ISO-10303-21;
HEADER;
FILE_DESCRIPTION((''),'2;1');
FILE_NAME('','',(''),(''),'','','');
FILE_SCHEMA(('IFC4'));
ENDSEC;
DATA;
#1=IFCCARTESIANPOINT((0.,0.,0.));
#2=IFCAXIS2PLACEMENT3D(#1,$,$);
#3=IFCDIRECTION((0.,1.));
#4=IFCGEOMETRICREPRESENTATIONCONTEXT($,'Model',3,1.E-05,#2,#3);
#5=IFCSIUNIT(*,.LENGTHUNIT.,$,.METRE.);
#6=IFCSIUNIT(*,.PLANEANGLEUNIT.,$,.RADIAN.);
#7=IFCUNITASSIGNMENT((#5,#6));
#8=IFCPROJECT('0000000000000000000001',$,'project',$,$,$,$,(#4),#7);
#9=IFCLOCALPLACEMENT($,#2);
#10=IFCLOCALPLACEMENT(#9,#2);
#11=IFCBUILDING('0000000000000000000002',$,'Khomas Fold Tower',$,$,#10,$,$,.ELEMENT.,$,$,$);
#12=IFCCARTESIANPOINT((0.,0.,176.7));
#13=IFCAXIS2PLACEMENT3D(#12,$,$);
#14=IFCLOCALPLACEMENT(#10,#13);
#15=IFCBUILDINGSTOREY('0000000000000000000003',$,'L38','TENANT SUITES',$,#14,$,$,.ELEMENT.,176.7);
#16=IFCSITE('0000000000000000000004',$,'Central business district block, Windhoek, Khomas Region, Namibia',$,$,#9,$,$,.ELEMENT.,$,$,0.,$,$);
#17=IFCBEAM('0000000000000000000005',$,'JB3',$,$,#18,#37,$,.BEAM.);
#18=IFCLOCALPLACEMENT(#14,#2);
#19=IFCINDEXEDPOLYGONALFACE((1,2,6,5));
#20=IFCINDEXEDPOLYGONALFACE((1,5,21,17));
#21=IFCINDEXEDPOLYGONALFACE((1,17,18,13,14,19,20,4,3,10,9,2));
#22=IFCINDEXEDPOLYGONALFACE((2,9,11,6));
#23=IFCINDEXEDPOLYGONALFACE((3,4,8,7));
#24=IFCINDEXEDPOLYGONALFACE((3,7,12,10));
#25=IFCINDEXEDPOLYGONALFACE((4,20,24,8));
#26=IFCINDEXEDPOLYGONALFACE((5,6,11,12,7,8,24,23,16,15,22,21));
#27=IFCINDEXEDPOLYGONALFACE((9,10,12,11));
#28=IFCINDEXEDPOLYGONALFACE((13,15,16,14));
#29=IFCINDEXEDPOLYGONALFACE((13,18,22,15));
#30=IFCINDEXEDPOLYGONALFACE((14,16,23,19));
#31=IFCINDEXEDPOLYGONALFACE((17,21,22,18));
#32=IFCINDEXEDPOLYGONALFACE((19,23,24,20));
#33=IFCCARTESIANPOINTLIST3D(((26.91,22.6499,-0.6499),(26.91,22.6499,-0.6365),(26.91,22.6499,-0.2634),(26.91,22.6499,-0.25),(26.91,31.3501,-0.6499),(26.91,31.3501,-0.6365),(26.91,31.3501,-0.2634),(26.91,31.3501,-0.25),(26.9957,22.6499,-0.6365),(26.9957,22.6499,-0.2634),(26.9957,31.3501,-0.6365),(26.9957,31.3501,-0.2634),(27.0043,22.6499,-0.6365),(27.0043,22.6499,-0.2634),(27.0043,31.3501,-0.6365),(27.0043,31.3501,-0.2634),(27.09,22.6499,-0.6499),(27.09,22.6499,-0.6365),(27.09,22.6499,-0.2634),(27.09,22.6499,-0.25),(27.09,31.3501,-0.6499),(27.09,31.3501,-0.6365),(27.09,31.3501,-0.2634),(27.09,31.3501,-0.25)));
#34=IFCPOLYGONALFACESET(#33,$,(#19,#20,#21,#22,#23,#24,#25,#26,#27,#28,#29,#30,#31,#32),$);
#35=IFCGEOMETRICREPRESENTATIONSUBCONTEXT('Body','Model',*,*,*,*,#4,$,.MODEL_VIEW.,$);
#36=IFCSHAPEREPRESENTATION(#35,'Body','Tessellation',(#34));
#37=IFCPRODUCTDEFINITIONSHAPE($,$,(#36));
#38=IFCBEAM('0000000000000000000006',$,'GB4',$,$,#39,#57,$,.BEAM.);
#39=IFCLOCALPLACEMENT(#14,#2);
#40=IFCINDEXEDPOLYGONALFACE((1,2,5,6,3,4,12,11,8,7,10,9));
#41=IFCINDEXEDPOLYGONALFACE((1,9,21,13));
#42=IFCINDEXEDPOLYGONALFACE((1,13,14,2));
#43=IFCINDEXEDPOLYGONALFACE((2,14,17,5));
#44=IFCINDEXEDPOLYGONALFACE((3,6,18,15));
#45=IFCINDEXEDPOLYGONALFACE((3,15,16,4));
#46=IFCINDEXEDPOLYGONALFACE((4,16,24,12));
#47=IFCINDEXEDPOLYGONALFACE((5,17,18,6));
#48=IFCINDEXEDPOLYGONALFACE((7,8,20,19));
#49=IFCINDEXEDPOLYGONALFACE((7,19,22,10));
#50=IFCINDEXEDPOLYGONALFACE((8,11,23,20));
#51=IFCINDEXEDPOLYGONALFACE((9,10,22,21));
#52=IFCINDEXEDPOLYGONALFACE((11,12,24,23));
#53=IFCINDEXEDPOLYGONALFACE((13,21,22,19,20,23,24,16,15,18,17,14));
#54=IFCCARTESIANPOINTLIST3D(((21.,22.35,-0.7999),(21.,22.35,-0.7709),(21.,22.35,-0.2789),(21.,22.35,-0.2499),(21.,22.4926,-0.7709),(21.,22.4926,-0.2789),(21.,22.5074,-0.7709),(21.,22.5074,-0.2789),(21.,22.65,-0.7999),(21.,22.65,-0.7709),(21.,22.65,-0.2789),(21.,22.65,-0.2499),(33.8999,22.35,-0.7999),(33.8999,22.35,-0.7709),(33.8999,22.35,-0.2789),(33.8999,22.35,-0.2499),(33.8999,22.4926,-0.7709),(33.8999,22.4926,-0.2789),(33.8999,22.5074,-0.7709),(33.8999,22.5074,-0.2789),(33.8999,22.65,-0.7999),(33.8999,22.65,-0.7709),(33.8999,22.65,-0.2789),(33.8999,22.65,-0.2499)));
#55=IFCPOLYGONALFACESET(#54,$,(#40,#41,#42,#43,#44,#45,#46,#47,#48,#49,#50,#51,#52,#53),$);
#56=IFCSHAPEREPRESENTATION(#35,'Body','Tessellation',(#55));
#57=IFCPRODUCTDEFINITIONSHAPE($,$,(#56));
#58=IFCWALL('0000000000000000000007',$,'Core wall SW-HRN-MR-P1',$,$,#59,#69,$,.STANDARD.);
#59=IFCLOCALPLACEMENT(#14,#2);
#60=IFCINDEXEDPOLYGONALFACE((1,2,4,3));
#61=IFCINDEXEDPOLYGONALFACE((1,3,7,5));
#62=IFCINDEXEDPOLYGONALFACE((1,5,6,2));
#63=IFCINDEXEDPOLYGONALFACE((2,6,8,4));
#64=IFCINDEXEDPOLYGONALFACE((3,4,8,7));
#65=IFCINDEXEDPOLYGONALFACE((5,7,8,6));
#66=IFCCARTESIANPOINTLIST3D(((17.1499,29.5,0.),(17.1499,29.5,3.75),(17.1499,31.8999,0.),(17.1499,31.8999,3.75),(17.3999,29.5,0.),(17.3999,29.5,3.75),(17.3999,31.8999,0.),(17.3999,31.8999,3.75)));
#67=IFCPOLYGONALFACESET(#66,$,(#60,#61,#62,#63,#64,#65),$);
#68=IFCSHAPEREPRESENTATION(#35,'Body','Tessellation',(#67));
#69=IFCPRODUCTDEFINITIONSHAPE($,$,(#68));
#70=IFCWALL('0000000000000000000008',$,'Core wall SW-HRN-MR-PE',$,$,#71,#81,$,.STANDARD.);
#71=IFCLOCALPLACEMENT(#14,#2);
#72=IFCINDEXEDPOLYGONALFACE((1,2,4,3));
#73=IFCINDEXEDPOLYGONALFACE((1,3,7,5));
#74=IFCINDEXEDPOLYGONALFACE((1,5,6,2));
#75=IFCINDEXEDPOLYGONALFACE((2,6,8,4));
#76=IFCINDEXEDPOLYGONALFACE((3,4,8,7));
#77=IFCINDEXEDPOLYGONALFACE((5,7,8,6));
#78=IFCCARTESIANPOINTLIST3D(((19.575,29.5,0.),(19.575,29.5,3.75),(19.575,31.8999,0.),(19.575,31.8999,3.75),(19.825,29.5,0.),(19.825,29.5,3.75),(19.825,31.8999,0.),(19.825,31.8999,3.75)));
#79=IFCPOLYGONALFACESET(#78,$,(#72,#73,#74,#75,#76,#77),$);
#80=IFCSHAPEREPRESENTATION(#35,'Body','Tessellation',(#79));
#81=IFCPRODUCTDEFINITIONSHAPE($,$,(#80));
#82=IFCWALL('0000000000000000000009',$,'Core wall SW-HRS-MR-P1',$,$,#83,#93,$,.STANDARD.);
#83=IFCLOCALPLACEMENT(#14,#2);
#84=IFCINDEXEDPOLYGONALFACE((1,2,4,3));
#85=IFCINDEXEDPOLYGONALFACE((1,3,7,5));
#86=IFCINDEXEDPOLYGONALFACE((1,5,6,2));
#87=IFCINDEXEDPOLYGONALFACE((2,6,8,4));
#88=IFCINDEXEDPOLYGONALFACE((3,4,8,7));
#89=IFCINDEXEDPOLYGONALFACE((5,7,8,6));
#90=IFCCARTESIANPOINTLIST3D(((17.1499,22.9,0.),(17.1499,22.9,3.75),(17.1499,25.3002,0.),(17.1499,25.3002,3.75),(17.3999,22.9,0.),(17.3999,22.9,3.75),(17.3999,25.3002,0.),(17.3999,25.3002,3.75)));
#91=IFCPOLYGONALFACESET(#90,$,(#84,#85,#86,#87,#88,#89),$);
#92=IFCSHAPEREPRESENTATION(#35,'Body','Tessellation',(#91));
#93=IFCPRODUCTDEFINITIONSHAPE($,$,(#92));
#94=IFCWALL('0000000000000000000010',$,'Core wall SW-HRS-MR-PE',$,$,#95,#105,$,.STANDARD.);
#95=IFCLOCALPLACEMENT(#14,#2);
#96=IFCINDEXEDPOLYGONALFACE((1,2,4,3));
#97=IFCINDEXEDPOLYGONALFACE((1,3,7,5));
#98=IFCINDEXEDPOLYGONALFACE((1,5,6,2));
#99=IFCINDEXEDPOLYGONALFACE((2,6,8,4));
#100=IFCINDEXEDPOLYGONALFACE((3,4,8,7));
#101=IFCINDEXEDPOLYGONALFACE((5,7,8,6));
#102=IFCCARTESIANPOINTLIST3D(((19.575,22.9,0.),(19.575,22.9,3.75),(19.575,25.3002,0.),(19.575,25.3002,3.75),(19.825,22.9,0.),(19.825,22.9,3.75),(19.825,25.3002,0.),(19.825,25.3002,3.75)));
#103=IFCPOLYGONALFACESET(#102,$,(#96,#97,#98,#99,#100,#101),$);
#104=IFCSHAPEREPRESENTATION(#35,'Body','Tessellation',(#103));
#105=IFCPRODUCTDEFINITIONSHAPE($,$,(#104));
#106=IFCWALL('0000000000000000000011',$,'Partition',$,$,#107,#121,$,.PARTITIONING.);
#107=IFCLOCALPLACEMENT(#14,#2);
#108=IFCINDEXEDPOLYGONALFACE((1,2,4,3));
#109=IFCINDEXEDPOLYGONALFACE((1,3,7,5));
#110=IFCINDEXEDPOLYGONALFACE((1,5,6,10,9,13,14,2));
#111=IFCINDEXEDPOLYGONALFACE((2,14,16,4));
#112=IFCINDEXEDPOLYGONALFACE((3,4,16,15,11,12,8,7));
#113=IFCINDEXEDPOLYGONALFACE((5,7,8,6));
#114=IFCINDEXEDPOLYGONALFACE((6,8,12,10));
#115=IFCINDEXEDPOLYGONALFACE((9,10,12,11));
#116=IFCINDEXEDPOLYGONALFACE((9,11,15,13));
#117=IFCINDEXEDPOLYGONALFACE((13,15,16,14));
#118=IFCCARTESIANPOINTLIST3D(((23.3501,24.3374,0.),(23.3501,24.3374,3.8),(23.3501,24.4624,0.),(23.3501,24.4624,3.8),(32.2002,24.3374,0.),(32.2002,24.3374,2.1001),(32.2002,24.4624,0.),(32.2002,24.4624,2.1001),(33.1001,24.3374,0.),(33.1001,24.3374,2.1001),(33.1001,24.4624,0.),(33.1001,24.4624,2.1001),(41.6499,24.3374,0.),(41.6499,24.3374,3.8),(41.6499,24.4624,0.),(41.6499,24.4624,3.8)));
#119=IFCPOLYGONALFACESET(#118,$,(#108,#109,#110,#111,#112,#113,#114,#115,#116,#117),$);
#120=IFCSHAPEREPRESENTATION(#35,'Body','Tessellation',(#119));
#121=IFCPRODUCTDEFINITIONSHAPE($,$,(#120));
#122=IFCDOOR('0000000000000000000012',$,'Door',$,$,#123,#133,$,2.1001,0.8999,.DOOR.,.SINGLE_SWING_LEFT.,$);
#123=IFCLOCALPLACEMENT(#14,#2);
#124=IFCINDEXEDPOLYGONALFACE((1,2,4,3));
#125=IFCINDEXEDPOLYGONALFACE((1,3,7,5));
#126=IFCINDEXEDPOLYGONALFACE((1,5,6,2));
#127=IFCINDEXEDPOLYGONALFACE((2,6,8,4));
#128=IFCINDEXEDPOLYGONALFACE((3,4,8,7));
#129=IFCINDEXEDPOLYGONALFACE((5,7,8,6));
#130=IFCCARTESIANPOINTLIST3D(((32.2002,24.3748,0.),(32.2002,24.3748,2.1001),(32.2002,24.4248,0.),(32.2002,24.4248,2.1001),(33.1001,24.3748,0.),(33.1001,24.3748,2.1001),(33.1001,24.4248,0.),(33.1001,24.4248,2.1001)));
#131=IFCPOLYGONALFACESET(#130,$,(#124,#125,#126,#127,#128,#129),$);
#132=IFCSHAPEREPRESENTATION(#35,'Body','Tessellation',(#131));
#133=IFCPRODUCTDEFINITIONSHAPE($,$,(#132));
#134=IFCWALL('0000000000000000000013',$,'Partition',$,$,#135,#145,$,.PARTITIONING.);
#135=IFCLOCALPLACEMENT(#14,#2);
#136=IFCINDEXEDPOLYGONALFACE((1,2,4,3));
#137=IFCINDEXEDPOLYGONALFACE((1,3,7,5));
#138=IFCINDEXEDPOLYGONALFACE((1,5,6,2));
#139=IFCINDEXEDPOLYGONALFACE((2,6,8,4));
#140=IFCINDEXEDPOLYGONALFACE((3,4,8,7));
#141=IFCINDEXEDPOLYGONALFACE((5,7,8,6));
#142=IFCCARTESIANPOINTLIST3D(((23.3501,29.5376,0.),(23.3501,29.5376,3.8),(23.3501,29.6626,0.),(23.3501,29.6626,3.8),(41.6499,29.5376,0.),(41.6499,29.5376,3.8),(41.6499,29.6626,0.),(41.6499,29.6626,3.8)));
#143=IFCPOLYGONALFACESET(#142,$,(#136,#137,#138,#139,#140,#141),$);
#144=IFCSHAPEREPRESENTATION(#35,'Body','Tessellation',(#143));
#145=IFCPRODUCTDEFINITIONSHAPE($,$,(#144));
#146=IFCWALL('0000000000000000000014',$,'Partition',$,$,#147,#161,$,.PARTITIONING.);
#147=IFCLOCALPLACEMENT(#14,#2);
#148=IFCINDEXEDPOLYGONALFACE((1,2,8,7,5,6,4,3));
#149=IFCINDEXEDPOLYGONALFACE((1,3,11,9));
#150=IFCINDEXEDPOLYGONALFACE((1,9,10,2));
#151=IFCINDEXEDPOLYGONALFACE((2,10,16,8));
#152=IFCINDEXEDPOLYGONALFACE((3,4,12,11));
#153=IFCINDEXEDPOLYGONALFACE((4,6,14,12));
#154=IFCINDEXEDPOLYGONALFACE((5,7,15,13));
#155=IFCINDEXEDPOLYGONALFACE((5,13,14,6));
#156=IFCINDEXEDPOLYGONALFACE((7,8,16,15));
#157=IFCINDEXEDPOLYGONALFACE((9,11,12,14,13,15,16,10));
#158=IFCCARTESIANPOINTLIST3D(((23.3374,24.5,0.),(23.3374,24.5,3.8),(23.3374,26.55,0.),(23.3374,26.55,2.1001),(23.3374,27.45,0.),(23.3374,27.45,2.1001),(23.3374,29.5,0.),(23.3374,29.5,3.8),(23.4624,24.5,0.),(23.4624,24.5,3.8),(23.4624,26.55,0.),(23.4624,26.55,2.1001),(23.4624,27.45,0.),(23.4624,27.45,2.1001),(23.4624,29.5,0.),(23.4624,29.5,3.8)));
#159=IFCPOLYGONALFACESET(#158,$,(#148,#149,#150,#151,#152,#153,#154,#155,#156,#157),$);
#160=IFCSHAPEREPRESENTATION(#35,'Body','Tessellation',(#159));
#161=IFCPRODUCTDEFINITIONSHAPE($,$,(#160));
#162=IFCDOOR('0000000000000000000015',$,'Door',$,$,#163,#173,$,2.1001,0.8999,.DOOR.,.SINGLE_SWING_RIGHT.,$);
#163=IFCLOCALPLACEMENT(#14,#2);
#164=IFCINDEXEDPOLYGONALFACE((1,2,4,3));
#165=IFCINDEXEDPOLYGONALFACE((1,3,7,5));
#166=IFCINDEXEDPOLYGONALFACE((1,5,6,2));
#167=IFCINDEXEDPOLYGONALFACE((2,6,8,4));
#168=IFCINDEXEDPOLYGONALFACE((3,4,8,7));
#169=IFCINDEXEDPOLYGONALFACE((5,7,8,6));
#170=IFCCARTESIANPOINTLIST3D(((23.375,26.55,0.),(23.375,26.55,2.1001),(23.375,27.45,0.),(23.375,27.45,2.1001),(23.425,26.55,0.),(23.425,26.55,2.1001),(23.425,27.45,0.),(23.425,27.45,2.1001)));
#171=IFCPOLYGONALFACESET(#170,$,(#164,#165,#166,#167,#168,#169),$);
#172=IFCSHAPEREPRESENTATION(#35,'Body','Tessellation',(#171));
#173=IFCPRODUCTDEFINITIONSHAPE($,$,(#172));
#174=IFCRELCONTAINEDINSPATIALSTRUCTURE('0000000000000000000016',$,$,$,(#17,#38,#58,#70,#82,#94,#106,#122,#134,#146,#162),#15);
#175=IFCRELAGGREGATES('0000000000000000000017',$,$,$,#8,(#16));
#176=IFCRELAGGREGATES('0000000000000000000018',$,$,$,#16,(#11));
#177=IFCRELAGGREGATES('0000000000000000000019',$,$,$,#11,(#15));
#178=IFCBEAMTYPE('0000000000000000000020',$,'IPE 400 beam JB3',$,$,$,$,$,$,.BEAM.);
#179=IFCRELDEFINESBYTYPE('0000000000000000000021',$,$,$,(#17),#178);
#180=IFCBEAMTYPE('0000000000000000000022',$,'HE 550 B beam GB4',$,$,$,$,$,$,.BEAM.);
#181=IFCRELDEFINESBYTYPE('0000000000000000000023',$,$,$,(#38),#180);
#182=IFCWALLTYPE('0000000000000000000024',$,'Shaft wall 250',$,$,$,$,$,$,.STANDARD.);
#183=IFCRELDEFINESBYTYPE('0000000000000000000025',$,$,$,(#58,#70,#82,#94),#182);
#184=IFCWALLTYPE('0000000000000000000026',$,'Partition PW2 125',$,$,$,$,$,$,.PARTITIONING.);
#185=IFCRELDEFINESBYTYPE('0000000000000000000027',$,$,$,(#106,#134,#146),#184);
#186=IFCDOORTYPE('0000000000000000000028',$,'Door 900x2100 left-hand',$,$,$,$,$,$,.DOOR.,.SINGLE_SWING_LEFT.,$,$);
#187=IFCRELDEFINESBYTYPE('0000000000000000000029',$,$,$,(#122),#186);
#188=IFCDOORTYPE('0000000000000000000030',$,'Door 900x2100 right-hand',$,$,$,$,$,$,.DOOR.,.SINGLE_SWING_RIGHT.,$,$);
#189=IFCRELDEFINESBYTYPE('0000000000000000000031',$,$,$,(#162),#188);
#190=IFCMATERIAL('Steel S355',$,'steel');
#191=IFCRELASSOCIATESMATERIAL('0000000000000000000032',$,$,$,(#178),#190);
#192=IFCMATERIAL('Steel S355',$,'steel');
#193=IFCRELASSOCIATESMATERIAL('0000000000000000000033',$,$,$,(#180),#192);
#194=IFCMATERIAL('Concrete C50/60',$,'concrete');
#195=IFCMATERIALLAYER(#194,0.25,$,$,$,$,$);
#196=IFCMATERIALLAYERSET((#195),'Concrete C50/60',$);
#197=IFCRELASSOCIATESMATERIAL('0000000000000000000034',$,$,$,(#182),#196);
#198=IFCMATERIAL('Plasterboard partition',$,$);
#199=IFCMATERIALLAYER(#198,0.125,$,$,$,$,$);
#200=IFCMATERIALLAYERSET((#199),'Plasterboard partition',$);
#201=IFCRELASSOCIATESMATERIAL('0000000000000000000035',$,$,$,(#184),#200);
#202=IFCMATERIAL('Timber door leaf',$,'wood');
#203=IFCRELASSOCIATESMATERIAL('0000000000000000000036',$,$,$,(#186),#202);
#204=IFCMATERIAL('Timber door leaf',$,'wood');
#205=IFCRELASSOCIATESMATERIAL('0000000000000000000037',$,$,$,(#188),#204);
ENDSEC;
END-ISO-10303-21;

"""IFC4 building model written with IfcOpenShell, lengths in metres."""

from ifc_helpers import new_model, si_unit, direction, frame, frame_2d, origin, origin_2d, place, context, subcontext, project, spatial, rectangle, i_section, extrude, source, transform, mapped, material, layer, layer_set, material_profile, profile_set, type_object, element, fill, save


model = new_model("IFC4")

# Units and contexts
model_context = context("Model", 3, precision=1e-05, world=origin(), true_north=direction((0.0, 1.0)))
body_context = subcontext(model_context, "Body", "Model", "MODEL_VIEW")
ifc_project = project(units=[si_unit("LENGTHUNIT", "METRE"), si_unit("PLANEANGLEUNIT", "RADIAN")], contexts=[model_context])

# Site, building, storey
site_placement = place(None, origin())
site = spatial("IfcSite", under=ifc_project, at=site_placement, Name="Central business district block, Windhoek, Khomas Region, Namibia", CompositionType="ELEMENT", RefElevation=0.0)
building_placement = place(site_placement, origin())
building = spatial("IfcBuilding", under=site, at=building_placement, Name="Khomas Fold Tower", CompositionType="ELEMENT")
storey_placement = place(building_placement, frame((0.0, 0.0, 176.7)))
storey = spatial("IfcBuildingStorey", under=building, at=storey_placement, Name="L38", Description="TENANT SUITES", CompositionType="ELEMENT", Elevation=176.7)

# Beams
ifc_material_1 = material(Name="Steel S355", Category="steel")
ifc_material_profile_1 = material_profile(ifc_material_1, i_section(OverallWidth=0.1799, OverallDepth=0.3999, WebThickness=0.0085, FlangeThickness=0.0134, at=origin_2d()), Name="IPE 400")
ifc_profile_set_1 = profile_set([ifc_material_profile_1], Name="Steel S355")
beam_type_1 = type_object("IfcBeamType", Name="IPE 400 beam JB3", PredefinedType="BEAM", material=ifc_profile_set_1)
shared_shape_1 = source(origin(), body_context, "Body", "SweptSolid", [
    extrude(i_section(OverallWidth=0.1799, OverallDepth=0.3999, WebThickness=0.0085, FlangeThickness=0.0134, at=origin_2d()), origin(), (0.0, 0.0, 1.0), 8.7002),
])
beam_1_placement = place(storey_placement, frame((27.0, 22.6499, -0.45), z_axis=(0.0, 1.0, 0.0), x_axis=(-1.0, 0.0, 0.0)))
element("IfcBeam", 1, at=beam_1_placement, inside=storey, type_object=beam_type_1, Name="JB3", PredefinedType="BEAM", context=body_context, shape_type="MappedRepresentation", body=[
    mapped(shared_shape_1, transform((0.0, 0.0, 0.0))),
])
ifc_material_2 = material(Name="Steel S355", Category="steel")
ifc_material_profile_2 = material_profile(ifc_material_2, i_section(OverallWidth=0.3, OverallDepth=0.55, WebThickness=0.0149, FlangeThickness=0.0291, at=origin_2d()), Name="HE 550 B")
ifc_profile_set_2 = profile_set([ifc_material_profile_2], Name="Steel S355")
beam_type_2 = type_object("IfcBeamType", Name="HE 550 B beam GB4", PredefinedType="BEAM", material=ifc_profile_set_2)
shared_shape_2 = source(origin(), body_context, "Body", "SweptSolid", [
    extrude(i_section(OverallWidth=0.3, OverallDepth=0.55, WebThickness=0.0149, FlangeThickness=0.0291, at=origin_2d()), origin(), (0.0, 0.0, 1.0), 12.8999),
])
beam_2_placement = place(storey_placement, frame((21.0, 22.5, -0.5249), z_axis=(1.0, 0.0, 0.0), x_axis=(0.0, 1.0, 0.0)))
element("IfcBeam", 2, at=beam_2_placement, inside=storey, type_object=beam_type_2, Name="GB4", PredefinedType="BEAM", context=body_context, shape_type="MappedRepresentation", body=[
    mapped(shared_shape_2, transform((0.0, 0.0, 0.0))),
])

# Walls
ifc_material_3 = material(Name="Concrete C50/60", Category="concrete")
ifc_layer_1 = layer(ifc_material_3, 0.25)
ifc_layer_set_1 = layer_set([ifc_layer_1], Name="Concrete C50/60")
wall_type_1 = type_object("IfcWallType", Name="Shaft wall 250", PredefinedType="STANDARD", material=ifc_layer_set_1)
shared_shape_3 = source(origin(), body_context, "Body", "SweptSolid", [
    extrude(rectangle(XDim=2.3999, YDim=0.25, at=frame_2d((1.2, 0.0))), origin(), (0.0, 0.0, 1.0), 3.75),
])
for number, where, z_axis, x_axis, name in (
    (3, (17.2749, 29.5, 0.0), (0.0, 0.0, 1.0), (0.0, 1.0, 0.0), "Core wall SW-HRN-MR-P1"),
    (4, (19.7, 29.5, 0.0), (0.0, 0.0, 1.0), (0.0, 1.0, 0.0), "Core wall SW-HRN-MR-PE"),
):
    element("IfcWall", number, at=place(storey_placement, frame(where, z_axis=z_axis, x_axis=x_axis)), inside=storey, type_object=wall_type_1, Name=name, PredefinedType="STANDARD", context=body_context, shape_type="MappedRepresentation", body=[
        mapped(shared_shape_3, transform((0.0, 0.0, 0.0))),
    ])
shared_shape_4 = source(origin(), body_context, "Body", "SweptSolid", [
    extrude(rectangle(XDim=2.4001, YDim=0.25, at=frame_2d((1.2002, 0.0))), origin(), (0.0, 0.0, 1.0), 3.75),
])
for number, where, z_axis, x_axis, name in (
    (5, (17.2749, 22.8999, 0.0), (0.0, 0.0, 1.0), (0.0, 1.0, 0.0), "Core wall SW-HRS-MR-P1"),
    (6, (19.7, 22.8999, 0.0), (0.0, 0.0, 1.0), (0.0, 1.0, 0.0), "Core wall SW-HRS-MR-PE"),
):
    element("IfcWall", number, at=place(storey_placement, frame(where, z_axis=z_axis, x_axis=x_axis)), inside=storey, type_object=wall_type_1, Name=name, PredefinedType="STANDARD", context=body_context, shape_type="MappedRepresentation", body=[
        mapped(shared_shape_4, transform((0.0, 0.0, 0.0))),
    ])

# Wall, opening, door
ifc_material_4 = material(Name="Plasterboard partition")
ifc_layer_2 = layer(ifc_material_4, 0.125)
ifc_layer_set_2 = layer_set([ifc_layer_2], Name="Plasterboard partition")
wall_type_2 = type_object("IfcWallType", Name="Partition PW2 125", PredefinedType="PARTITIONING", material=ifc_layer_set_2)
shared_shape_5 = source(origin(), body_context, "Body", "SweptSolid", [
    extrude(rectangle(XDim=18.2998, YDim=0.125, at=frame_2d((9.1499, 0.0))), origin(), (0.0, 0.0, 1.0), 3.8),
])
wall_1_placement = place(storey_placement, frame((23.3501, 24.3999, 0.0), z_axis=(0.0, 0.0, 1.0), x_axis=(1.0, 0.0, 0.0)))
wall_1 = element("IfcWall", 7, at=wall_1_placement, inside=storey, type_object=wall_type_2, Name="Partition", PredefinedType="PARTITIONING", context=body_context, shape_type="MappedRepresentation", body=[
    mapped(shared_shape_5, transform((0.0, 0.0, 0.0))),
])
shared_shape_6 = source(origin(), body_context, "Body", "SweptSolid", [
    extrude(rectangle(XDim=0.8999, YDim=2.1001, at=frame_2d((0.45, 1.05))), frame((0.0, 0.0725, 0.0), z_axis=(0.0, -1.0, 0.0), x_axis=(1.0, 0.0, 0.0)), (0.0, 0.0, 1.0), 0.145),
])
opening_1_placement = place(wall_1_placement, frame((8.8501, 0.0, 0.0)))
opening_1 = element("IfcOpeningElement", 8, at=opening_1_placement, cuts=wall_1, PredefinedType="OPENING", context=body_context, shape_type="MappedRepresentation", body=[
    mapped(shared_shape_6, transform((0.0, 0.0, 0.0))),
])
ifc_material_5 = material(Name="Timber door leaf", Category="wood")
door_type_1 = type_object("IfcDoorType", Name="Door 900x2100 left-hand", OperationType="SINGLE_SWING_LEFT", PredefinedType="DOOR", material=ifc_material_5)
shared_shape_7 = source(origin(), body_context, "Body", "SweptSolid", [
    extrude(rectangle(XDim=0.8999, YDim=2.1001, at=frame_2d((0.45, 1.05))), frame((0.0, 0.0249, 0.0), z_axis=(0.0, -1.0, 0.0), x_axis=(1.0, 0.0, 0.0)), (0.0, 0.0, 1.0), 0.05),
])
door_1_placement = place(opening_1_placement, origin())
door_1 = element("IfcDoor", 9, at=door_1_placement, inside=storey, type_object=door_type_1, Name="Door", OperationType="SINGLE_SWING_LEFT", OverallHeight=2.1001, OverallWidth=0.8999, PredefinedType="DOOR", context=body_context, shape_type="MappedRepresentation", body=[
    mapped(shared_shape_7, transform((0.0, 0.0, 0.0))),
])
fill(opening_1, door_1)

# Wall
wall_2_placement = place(storey_placement, frame((23.3501, 29.6001, 0.0), z_axis=(0.0, 0.0, 1.0), x_axis=(1.0, 0.0, 0.0)))
element("IfcWall", 10, at=wall_2_placement, inside=storey, type_object=wall_type_2, Name="Partition", PredefinedType="PARTITIONING", context=body_context, shape_type="MappedRepresentation", body=[
    mapped(shared_shape_5, transform((0.0, 0.0, 0.0))),
])

# Wall, opening, door
shared_shape_8 = source(origin(), body_context, "Body", "SweptSolid", [
    extrude(rectangle(XDim=5.0, YDim=0.125, at=frame_2d((2.5, 0.0))), origin(), (0.0, 0.0, 1.0), 3.8),
])
wall_3_placement = place(storey_placement, frame((23.3999, 24.5, 0.0), z_axis=(0.0, 0.0, 1.0), x_axis=(0.0, 1.0, 0.0)))
wall_3 = element("IfcWall", 11, at=wall_3_placement, inside=storey, type_object=wall_type_2, Name="Partition", PredefinedType="PARTITIONING", context=body_context, shape_type="MappedRepresentation", body=[
    mapped(shared_shape_8, transform((0.0, 0.0, 0.0))),
])
opening_2_placement = place(wall_3_placement, frame((2.05, 0.0, 0.0)))
opening_2 = element("IfcOpeningElement", 12, at=opening_2_placement, cuts=wall_3, PredefinedType="OPENING", context=body_context, shape_type="MappedRepresentation", body=[
    mapped(shared_shape_6, transform((0.0, 0.0, 0.0))),
])
ifc_material_6 = material(Name="Timber door leaf", Category="wood")
door_type_2 = type_object("IfcDoorType", Name="Door 900x2100 right-hand", OperationType="SINGLE_SWING_RIGHT", PredefinedType="DOOR", material=ifc_material_6)
door_2_placement = place(opening_2_placement, origin())
door_2 = element("IfcDoor", 13, at=door_2_placement, inside=storey, type_object=door_type_2, Name="Door", OperationType="SINGLE_SWING_RIGHT", OverallHeight=2.1001, OverallWidth=0.8999, PredefinedType="DOOR", context=body_context, shape_type="MappedRepresentation", body=[
    mapped(shared_shape_7, transform((0.0, 0.0, 0.0))),
])
fill(opening_2, door_2)

save(model, "model.ifc")
